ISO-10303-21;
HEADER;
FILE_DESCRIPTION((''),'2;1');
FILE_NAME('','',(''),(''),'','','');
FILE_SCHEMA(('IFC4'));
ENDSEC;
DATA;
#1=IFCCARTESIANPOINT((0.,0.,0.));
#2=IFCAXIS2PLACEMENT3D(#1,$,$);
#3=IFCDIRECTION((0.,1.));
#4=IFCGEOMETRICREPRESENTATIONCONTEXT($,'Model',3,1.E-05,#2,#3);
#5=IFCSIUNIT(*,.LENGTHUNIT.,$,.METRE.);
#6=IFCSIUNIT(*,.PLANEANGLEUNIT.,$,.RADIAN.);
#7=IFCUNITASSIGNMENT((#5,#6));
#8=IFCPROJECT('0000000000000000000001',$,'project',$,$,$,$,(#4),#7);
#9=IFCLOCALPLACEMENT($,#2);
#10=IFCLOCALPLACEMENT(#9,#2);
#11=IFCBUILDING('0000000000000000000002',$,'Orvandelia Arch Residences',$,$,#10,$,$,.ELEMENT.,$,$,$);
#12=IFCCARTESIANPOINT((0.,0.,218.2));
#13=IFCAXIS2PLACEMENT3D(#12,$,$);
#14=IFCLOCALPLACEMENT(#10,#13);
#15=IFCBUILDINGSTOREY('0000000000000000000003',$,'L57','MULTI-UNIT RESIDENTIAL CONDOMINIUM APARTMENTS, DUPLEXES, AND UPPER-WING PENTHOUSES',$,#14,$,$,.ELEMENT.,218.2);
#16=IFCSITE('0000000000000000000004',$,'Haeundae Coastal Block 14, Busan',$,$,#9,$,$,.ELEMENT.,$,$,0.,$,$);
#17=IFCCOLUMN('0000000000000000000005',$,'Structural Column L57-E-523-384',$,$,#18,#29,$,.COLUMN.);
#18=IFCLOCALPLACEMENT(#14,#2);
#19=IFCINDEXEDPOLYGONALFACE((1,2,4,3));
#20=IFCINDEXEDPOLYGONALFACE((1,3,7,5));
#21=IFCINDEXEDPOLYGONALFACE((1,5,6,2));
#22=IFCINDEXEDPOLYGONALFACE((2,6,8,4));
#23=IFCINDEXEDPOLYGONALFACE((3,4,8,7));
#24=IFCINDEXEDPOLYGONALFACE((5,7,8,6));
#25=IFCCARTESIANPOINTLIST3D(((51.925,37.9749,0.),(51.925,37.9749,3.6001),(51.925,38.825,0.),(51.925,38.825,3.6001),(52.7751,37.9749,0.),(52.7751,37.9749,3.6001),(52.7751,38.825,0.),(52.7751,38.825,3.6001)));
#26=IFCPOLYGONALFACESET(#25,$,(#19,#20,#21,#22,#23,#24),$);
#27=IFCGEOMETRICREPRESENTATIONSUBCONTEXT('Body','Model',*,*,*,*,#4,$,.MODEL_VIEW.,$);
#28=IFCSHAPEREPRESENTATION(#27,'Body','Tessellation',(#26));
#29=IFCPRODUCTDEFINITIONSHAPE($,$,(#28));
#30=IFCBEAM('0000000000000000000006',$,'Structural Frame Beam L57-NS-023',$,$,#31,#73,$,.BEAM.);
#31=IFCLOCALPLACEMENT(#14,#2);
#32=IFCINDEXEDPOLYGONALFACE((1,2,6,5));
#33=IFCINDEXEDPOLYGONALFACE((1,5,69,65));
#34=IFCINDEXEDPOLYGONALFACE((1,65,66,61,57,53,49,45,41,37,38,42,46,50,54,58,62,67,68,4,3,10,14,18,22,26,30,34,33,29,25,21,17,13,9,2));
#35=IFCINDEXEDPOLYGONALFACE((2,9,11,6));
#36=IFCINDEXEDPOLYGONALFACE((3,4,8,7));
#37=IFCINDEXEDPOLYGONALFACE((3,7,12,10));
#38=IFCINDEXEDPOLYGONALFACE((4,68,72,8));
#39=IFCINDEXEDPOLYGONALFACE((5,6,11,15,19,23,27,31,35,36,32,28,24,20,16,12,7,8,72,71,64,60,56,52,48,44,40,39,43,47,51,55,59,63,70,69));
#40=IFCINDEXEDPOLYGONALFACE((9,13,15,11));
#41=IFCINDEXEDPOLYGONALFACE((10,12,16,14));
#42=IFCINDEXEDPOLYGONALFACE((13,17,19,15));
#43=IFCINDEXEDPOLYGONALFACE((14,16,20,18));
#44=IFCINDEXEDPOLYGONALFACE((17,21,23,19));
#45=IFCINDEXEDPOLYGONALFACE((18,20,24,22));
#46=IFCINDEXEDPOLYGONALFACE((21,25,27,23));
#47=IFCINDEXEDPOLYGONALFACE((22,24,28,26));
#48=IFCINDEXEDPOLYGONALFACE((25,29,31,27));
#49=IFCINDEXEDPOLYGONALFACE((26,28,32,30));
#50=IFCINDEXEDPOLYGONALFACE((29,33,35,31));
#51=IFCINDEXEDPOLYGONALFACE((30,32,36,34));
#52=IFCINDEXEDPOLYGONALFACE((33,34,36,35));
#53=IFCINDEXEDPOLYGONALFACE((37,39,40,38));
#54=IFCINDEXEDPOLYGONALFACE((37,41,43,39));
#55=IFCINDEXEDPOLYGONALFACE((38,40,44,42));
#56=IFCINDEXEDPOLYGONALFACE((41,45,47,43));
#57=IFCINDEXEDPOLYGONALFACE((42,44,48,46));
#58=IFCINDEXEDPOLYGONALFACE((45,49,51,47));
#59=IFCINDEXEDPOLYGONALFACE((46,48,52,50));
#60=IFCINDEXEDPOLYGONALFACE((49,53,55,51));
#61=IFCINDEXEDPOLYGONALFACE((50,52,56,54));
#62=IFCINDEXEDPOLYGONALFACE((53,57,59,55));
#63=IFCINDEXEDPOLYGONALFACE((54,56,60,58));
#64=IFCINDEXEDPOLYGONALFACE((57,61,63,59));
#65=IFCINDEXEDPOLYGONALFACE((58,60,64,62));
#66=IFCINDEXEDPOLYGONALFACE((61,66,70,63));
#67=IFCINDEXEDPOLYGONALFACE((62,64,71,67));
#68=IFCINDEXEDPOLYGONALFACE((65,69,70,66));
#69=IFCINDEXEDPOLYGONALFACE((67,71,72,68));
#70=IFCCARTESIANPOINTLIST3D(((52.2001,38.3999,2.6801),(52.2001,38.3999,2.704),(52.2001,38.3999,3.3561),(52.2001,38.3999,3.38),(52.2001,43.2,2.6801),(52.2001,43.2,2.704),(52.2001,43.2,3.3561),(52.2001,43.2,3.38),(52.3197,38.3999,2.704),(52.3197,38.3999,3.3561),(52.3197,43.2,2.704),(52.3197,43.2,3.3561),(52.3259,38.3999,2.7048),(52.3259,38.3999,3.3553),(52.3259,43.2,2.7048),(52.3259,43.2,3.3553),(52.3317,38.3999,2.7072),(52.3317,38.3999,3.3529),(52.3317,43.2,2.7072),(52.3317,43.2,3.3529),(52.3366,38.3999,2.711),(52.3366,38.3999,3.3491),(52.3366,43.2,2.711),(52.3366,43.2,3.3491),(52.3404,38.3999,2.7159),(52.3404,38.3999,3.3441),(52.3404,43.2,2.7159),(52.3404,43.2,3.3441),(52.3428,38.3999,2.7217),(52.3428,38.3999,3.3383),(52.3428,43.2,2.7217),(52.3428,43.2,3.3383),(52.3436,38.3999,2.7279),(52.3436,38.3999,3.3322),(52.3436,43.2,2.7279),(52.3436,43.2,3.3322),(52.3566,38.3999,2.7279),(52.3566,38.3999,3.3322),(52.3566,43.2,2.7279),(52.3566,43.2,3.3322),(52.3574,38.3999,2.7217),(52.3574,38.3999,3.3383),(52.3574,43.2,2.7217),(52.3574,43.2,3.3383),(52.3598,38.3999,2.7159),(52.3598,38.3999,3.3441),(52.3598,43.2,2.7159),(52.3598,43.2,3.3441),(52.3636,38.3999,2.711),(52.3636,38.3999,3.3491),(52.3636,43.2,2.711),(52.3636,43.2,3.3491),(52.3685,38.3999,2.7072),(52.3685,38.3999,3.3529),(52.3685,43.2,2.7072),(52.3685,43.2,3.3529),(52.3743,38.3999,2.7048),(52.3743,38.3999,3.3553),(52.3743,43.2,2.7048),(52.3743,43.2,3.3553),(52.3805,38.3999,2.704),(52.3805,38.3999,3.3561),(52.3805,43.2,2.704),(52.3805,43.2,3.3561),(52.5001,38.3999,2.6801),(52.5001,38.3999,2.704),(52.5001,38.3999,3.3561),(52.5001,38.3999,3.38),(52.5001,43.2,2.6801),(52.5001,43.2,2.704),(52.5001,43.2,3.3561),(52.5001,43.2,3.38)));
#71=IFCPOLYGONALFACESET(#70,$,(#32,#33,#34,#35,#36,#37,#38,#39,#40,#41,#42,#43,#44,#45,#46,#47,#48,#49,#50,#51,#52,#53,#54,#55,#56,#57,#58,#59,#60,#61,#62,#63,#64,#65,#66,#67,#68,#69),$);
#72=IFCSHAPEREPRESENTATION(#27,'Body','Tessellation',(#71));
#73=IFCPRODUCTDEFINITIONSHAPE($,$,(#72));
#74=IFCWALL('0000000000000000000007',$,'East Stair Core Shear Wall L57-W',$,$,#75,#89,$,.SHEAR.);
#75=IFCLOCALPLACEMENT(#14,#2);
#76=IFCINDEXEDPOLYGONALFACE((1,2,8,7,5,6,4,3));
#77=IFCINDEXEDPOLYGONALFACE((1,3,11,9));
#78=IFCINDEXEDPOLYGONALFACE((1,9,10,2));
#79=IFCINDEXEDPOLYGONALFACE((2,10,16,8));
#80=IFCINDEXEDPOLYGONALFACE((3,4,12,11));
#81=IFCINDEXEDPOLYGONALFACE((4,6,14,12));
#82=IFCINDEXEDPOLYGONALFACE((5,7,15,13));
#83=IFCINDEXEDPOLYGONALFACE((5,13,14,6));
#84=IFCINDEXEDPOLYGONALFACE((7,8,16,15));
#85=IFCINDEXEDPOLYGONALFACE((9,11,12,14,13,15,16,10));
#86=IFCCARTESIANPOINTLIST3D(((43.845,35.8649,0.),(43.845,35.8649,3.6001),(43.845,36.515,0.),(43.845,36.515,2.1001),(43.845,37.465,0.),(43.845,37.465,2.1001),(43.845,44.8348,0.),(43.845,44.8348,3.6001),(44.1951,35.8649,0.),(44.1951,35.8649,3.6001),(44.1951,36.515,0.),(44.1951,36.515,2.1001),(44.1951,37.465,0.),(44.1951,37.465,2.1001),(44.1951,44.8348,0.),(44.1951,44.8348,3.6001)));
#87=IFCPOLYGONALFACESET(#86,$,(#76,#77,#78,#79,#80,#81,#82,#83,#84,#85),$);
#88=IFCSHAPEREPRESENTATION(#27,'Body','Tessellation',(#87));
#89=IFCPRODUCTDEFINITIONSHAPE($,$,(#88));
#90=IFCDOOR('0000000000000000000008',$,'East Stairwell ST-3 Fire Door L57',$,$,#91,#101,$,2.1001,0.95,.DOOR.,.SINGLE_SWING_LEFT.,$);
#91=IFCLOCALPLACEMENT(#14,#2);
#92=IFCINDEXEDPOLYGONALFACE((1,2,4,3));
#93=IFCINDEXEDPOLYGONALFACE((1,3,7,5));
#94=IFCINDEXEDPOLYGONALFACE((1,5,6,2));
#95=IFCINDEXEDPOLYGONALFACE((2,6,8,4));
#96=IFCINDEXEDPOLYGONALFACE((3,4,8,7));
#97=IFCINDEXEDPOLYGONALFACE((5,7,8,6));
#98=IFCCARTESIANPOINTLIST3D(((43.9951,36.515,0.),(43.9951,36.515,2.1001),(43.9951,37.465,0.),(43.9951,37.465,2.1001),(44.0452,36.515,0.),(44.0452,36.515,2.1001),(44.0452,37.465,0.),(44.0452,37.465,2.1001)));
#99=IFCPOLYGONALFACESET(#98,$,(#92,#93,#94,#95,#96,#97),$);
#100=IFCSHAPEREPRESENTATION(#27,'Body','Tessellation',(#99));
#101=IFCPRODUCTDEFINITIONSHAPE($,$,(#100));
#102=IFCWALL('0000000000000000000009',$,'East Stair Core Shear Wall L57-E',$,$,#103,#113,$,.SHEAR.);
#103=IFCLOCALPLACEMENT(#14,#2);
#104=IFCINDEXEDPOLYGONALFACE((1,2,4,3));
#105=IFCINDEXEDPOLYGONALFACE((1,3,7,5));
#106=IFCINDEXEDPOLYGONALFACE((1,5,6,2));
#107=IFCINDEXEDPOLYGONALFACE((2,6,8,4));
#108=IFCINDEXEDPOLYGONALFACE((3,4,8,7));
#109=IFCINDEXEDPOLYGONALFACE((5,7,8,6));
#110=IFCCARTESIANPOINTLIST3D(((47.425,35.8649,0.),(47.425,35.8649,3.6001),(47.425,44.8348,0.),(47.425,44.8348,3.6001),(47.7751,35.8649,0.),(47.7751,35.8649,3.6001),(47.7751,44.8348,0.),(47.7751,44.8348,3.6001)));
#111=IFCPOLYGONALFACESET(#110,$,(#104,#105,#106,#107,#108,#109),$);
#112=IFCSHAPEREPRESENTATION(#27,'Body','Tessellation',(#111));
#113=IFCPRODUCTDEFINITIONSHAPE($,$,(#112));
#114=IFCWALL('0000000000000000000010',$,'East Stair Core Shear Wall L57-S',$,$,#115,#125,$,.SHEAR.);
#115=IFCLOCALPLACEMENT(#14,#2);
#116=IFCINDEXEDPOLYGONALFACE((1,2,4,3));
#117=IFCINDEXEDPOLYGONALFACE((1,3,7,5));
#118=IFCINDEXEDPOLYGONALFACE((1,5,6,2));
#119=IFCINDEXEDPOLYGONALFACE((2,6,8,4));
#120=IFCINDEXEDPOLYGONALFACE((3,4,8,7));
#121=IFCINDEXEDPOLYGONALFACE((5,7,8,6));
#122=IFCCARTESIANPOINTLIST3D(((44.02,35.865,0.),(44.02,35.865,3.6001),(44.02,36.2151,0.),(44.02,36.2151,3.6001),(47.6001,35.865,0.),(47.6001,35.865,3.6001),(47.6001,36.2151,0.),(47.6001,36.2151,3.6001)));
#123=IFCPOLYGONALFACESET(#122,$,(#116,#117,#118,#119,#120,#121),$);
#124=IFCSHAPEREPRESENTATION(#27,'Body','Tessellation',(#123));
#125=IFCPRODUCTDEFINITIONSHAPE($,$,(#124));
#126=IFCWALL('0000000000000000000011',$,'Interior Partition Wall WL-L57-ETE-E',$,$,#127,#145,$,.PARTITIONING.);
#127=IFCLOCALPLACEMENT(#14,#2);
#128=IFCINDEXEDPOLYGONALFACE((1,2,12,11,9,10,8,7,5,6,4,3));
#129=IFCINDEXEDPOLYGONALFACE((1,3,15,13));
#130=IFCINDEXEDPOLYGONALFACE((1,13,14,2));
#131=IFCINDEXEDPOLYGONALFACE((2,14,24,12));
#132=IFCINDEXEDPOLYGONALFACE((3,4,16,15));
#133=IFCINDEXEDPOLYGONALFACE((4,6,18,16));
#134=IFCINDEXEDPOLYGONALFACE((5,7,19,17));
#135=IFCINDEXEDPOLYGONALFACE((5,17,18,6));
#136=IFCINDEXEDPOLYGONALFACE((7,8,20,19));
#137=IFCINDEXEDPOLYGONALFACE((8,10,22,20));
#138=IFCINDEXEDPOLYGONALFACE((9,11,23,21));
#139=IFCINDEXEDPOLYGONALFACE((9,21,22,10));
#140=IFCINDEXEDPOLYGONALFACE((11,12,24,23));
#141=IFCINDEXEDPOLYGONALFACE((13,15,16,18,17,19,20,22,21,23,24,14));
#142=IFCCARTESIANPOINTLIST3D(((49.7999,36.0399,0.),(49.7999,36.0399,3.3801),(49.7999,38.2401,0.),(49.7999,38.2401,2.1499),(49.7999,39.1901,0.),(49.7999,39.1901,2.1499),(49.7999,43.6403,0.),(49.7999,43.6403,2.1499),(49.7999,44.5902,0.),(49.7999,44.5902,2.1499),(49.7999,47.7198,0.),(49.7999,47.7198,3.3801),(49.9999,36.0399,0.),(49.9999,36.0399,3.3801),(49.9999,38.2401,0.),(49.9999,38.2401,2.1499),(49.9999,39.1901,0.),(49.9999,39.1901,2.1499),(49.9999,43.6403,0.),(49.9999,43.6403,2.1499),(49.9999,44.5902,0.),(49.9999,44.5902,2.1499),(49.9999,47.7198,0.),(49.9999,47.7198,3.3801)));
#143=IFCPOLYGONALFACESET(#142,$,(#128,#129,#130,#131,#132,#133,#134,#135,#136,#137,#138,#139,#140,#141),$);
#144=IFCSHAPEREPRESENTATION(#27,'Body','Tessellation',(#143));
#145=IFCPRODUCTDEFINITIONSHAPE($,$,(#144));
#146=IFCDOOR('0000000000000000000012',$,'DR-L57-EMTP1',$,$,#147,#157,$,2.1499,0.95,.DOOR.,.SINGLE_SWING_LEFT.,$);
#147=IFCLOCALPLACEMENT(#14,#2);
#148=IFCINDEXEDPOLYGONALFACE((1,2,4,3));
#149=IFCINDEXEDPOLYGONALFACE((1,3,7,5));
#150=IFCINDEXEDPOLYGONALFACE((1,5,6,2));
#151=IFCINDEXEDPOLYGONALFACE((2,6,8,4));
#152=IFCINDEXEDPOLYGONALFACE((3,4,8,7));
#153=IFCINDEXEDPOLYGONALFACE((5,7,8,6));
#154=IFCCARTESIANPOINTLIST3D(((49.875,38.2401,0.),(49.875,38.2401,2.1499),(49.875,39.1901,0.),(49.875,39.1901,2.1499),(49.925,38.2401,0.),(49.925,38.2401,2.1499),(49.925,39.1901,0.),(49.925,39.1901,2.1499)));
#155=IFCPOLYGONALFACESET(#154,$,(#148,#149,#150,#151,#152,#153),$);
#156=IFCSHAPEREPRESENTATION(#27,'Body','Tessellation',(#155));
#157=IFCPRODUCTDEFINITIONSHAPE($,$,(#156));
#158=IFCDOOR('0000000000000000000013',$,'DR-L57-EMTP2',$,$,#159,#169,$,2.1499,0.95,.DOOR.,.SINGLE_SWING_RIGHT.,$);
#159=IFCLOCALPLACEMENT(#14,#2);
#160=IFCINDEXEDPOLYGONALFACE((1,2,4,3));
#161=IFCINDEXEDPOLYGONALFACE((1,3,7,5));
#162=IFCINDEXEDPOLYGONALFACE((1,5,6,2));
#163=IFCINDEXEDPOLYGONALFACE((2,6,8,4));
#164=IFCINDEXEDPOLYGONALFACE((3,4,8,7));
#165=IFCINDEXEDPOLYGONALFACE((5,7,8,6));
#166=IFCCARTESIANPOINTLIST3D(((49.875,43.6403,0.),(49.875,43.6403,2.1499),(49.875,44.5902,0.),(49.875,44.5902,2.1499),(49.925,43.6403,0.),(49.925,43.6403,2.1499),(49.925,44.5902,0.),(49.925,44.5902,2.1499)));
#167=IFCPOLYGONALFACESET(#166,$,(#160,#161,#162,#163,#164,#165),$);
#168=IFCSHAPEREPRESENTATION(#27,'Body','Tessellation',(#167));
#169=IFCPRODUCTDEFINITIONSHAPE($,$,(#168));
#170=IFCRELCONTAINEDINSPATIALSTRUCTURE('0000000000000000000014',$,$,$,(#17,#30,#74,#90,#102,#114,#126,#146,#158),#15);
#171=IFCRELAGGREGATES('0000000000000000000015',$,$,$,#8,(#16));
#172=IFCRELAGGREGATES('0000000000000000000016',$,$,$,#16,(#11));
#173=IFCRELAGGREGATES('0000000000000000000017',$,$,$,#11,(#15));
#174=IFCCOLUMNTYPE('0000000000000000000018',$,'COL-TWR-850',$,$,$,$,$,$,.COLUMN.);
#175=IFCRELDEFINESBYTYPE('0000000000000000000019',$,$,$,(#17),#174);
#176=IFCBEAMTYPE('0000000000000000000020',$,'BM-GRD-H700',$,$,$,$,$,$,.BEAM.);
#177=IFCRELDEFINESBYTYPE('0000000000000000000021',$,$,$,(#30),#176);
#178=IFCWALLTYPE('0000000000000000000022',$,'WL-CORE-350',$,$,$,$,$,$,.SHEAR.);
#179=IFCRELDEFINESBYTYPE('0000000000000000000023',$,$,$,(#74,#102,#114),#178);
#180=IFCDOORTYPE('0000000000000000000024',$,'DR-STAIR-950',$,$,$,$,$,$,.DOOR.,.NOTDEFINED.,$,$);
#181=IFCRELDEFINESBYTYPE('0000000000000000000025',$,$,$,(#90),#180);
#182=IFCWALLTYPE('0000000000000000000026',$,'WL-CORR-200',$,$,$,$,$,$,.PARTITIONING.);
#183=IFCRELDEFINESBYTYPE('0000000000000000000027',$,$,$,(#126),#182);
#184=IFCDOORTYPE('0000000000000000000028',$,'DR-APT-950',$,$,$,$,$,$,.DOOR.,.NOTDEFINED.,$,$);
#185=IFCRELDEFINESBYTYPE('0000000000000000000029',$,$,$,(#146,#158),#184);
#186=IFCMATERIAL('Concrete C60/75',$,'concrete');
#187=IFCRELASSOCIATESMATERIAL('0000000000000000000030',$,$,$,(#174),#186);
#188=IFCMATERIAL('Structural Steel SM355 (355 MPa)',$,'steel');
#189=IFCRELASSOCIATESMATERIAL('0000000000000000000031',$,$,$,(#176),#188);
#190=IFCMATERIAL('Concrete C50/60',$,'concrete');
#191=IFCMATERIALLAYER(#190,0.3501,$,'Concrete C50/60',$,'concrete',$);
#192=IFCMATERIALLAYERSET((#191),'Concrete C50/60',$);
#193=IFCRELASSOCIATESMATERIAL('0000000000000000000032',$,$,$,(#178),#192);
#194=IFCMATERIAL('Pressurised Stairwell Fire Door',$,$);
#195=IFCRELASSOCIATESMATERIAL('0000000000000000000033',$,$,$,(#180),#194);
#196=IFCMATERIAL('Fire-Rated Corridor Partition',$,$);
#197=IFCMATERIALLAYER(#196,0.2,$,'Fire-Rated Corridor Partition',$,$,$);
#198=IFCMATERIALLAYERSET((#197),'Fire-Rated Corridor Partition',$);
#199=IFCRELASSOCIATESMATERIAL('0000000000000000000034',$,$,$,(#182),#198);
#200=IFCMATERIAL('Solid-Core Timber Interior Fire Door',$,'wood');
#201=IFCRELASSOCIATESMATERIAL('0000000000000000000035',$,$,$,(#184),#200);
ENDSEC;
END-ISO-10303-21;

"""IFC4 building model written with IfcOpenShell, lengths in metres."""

from ifc_helpers import new_model, si_unit, direction, frame, frame_2d, origin, origin_2d, place, context, subcontext, project, spatial, rectangle, i_section, extrude, material, layer, layer_set, material_profile, profile_set, type_object, element, fill, save


model = new_model("IFC4")

# Units and contexts
model_context = context("Model", 3, precision=1e-05, world=origin(), true_north=direction((0.0, 1.0)))
body_context = subcontext(model_context, "Body", "Model", "MODEL_VIEW")
ifc_project = project(units=[si_unit("LENGTHUNIT", "METRE"), si_unit("PLANEANGLEUNIT", "RADIAN")], contexts=[model_context])

# Site, building, storey
site_placement = place(None, origin())
site = spatial("IfcSite", under=ifc_project, at=site_placement, Name="Haeundae Coastal Block 14, Busan", CompositionType="ELEMENT", RefElevation=0.0)
building_placement = place(site_placement, origin())
building = spatial("IfcBuilding", under=site, at=building_placement, Name="Orvandelia Arch Residences", CompositionType="ELEMENT")
storey_placement = place(building_placement, frame((0.0, 0.0, 218.2)))
storey = spatial("IfcBuildingStorey", under=building, at=storey_placement, Name="L57", Description="MULTI-UNIT RESIDENTIAL CONDOMINIUM APARTMENTS, DUPLEXES, AND UPPER-WING PENTHOUSES", CompositionType="ELEMENT", Elevation=218.2)

# Column
ifc_material_1 = material(Name="Concrete C60/75", Category="concrete")
ifc_material_profile_1 = material_profile(ifc_material_1, rectangle(XDim=0.8501, YDim=0.8501, at=origin_2d()), Name="Concrete C60/75", Category="concrete")
ifc_profile_set_1 = profile_set([ifc_material_profile_1], Name="Concrete C60/75")
column_type = type_object("IfcColumnType", Name="COL-TWR-850", PredefinedType="COLUMN", material=ifc_profile_set_1)
column_placement = place(storey_placement, frame((52.3501, 38.3999, 0.0), z_axis=(0.0, 0.0, 1.0), x_axis=(1.0, 0.0, 0.0)))
element("IfcColumn", 1, at=column_placement, inside=storey, type_object=column_type, Name="Structural Column L57-E-523-384", PredefinedType="COLUMN", context=body_context, shape_type="SweptSolid", body=[
    extrude(rectangle(XDim=0.8501, YDim=0.8501, at=origin_2d()), origin(), (0.0, 0.0, 1.0), 3.6001),
])

# Beam
ifc_material_2 = material(Name="Structural Steel SM355 (355 MPa)", Category="steel")
ifc_material_profile_2 = material_profile(ifc_material_2, i_section(OverallWidth=0.3, OverallDepth=0.7, WebThickness=0.0129, FlangeThickness=0.0239, FilletRadius=0.0239, at=origin_2d()), Name="Structural Steel SM355 (355 MPa)", Category="steel")
ifc_profile_set_2 = profile_set([ifc_material_profile_2], Name="Structural Steel SM355 (355 MPa)")
beam_type = type_object("IfcBeamType", Name="BM-GRD-H700", PredefinedType="BEAM", material=ifc_profile_set_2)
beam_placement = place(storey_placement, frame((52.3501, 38.3999, 3.03), z_axis=(0.0, 1.0, 0.0), x_axis=(-1.0, 0.0, 0.0)))
element("IfcBeam", 2, at=beam_placement, inside=storey, type_object=beam_type, Name="Structural Frame Beam L57-NS-023", PredefinedType="BEAM", context=body_context, shape_type="SweptSolid", body=[
    extrude(i_section(OverallWidth=0.3, OverallDepth=0.7, WebThickness=0.0129, FlangeThickness=0.0239, FilletRadius=0.0239, at=origin_2d()), origin(), (0.0, 0.0, 1.0), 4.8),
])

# Wall, opening, door
ifc_material_3 = material(Name="Concrete C50/60", Category="concrete")
ifc_layer_1 = layer(ifc_material_3, 0.3501, Name="Concrete C50/60", Category="concrete")
ifc_layer_set_1 = layer_set([ifc_layer_1], Name="Concrete C50/60")
wall_type_1 = type_object("IfcWallType", Name="WL-CORE-350", PredefinedType="SHEAR", material=ifc_layer_set_1)
wall_1_placement = place(storey_placement, frame((44.02, 35.865, 0.0), z_axis=(0.0, 0.0, 1.0), x_axis=(0.0, 1.0, 0.0)))
wall_1 = element("IfcWall", 3, at=wall_1_placement, inside=storey, type_object=wall_type_1, Name="East Stair Core Shear Wall L57-W", PredefinedType="SHEAR", context=body_context, shape_type="SweptSolid", body=[
    extrude(rectangle(XDim=8.97, YDim=0.3501, at=frame_2d((4.4849, 0.0))), origin(), (0.0, 0.0, 1.0), 3.6001),
])
opening_1_placement = place(wall_1_placement, frame((0.6499, 0.0, 0.0)))
opening_1 = element("IfcOpeningElement", 4, at=opening_1_placement, cuts=wall_1, PredefinedType="OPENING", context=body_context, shape_type="SweptSolid", body=[
    extrude(rectangle(XDim=0.95, YDim=2.1001, at=frame_2d((0.4751, 1.05))), frame((0.0, 0.1851, 0.0), z_axis=(0.0, -1.0, 0.0), x_axis=(1.0, 0.0, 0.0)), (0.0, 0.0, 1.0), 0.3701),
])
ifc_material_4 = material(Name="Pressurised Stairwell Fire Door")
door_type_1 = type_object("IfcDoorType", Name="DR-STAIR-950", OperationType="NOTDEFINED", PredefinedType="DOOR", material=ifc_material_4)
door_1_placement = place(opening_1_placement, origin())
door_1 = element("IfcDoor", 5, at=door_1_placement, inside=storey, type_object=door_type_1, Name="East Stairwell ST-3 Fire Door L57", OperationType="SINGLE_SWING_LEFT", OverallHeight=2.1001, OverallWidth=0.95, PredefinedType="DOOR", context=body_context, shape_type="SweptSolid", body=[
    extrude(rectangle(XDim=0.95, YDim=2.1001, at=frame_2d((0.4751, 1.05))), frame((0.0, 0.0249, 0.0), z_axis=(0.0, -1.0, 0.0), x_axis=(1.0, 0.0, 0.0)), (0.0, 0.0, 1.0), 0.05),
])
fill(opening_1, door_1)

# Walls
wall_2_placement = place(storey_placement, frame((47.6001, 35.865, 0.0), z_axis=(0.0, 0.0, 1.0), x_axis=(0.0, 1.0, 0.0)))
element("IfcWall", 6, at=wall_2_placement, inside=storey, type_object=wall_type_1, Name="East Stair Core Shear Wall L57-E", PredefinedType="SHEAR", context=body_context, shape_type="SweptSolid", body=[
    extrude(rectangle(XDim=8.97, YDim=0.3501, at=frame_2d((4.4849, 0.0))), origin(), (0.0, 0.0, 1.0), 3.6001),
])
wall_3_placement = place(storey_placement, frame((44.02, 36.04, 0.0), z_axis=(0.0, 0.0, 1.0), x_axis=(1.0, 0.0, 0.0)))
element("IfcWall", 7, at=wall_3_placement, inside=storey, type_object=wall_type_1, Name="East Stair Core Shear Wall L57-S", PredefinedType="SHEAR", context=body_context, shape_type="SweptSolid", body=[
    extrude(rectangle(XDim=3.5801, YDim=0.3501, at=frame_2d((1.79, 0.0))), origin(), (0.0, 0.0, 1.0), 3.6001),
])

# Wall, openings, doors
ifc_material_5 = material(Name="Fire-Rated Corridor Partition")
ifc_layer_2 = layer(ifc_material_5, 0.2, Name="Fire-Rated Corridor Partition")
ifc_layer_set_2 = layer_set([ifc_layer_2], Name="Fire-Rated Corridor Partition")
wall_type_2 = type_object("IfcWallType", Name="WL-CORR-200", PredefinedType="PARTITIONING", material=ifc_layer_set_2)
wall_4_placement = place(storey_placement, frame((49.8999, 36.04, 0.0), z_axis=(0.0, 0.0, 1.0), x_axis=(0.0, 1.0, 0.0)))
wall_4 = element("IfcWall", 8, at=wall_4_placement, inside=storey, type_object=wall_type_2, Name="Interior Partition Wall WL-L57-ETE-E", PredefinedType="PARTITIONING", context=body_context, shape_type="SweptSolid", body=[
    extrude(rectangle(XDim=11.6799, YDim=0.2, at=frame_2d((5.8398, 0.0))), origin(), (0.0, 0.0, 1.0), 3.3801),
])
opening_2_placement = place(wall_4_placement, frame((2.2, 0.0, 0.0)))
opening_2 = element("IfcOpeningElement", 9, at=opening_2_placement, cuts=wall_4, PredefinedType="OPENING", context=body_context, shape_type="SweptSolid", body=[
    extrude(rectangle(XDim=0.95, YDim=2.1499, at=frame_2d((0.4751, 1.075))), frame((0.0, 0.1099, 0.0), z_axis=(0.0, -1.0, 0.0), x_axis=(1.0, 0.0, 0.0)), (0.0, 0.0, 1.0), 0.22),
])
opening_3_placement = place(wall_4_placement, frame((7.6001, 0.0, 0.0)))
opening_3 = element("IfcOpeningElement", 10, at=opening_3_placement, cuts=wall_4, PredefinedType="OPENING", context=body_context, shape_type="SweptSolid", body=[
    extrude(rectangle(XDim=0.95, YDim=2.1499, at=frame_2d((0.4751, 1.075))), frame((0.0, 0.1099, 0.0), z_axis=(0.0, -1.0, 0.0), x_axis=(1.0, 0.0, 0.0)), (0.0, 0.0, 1.0), 0.22),
])
ifc_material_6 = material(Name="Solid-Core Timber Interior Fire Door", Category="wood")
door_type_2 = type_object("IfcDoorType", Name="DR-APT-950", OperationType="NOTDEFINED", PredefinedType="DOOR", material=ifc_material_6)
door_2_placement = place(opening_2_placement, origin())
door_2 = element("IfcDoor", 11, at=door_2_placement, inside=storey, type_object=door_type_2, Name="DR-L57-EMTP1", OperationType="SINGLE_SWING_LEFT", OverallHeight=2.1499, OverallWidth=0.95, PredefinedType="DOOR", context=body_context, shape_type="SweptSolid", body=[
    extrude(rectangle(XDim=0.95, YDim=2.1499, at=frame_2d((0.4751, 1.075))), frame((0.0, 0.0249, 0.0), z_axis=(0.0, -1.0, 0.0), x_axis=(1.0, 0.0, 0.0)), (0.0, 0.0, 1.0), 0.05),
])
fill(opening_2, door_2)
door_3_placement = place(opening_3_placement, origin())
door_3 = element("IfcDoor", 12, at=door_3_placement, inside=storey, type_object=door_type_2, Name="DR-L57-EMTP2", OperationType="SINGLE_SWING_RIGHT", OverallHeight=2.1499, OverallWidth=0.95, PredefinedType="DOOR", context=body_context, shape_type="SweptSolid", body=[
    extrude(rectangle(XDim=0.95, YDim=2.1499, at=frame_2d((0.4751, 1.075))), frame((0.0, 0.0249, 0.0), z_axis=(0.0, -1.0, 0.0), x_axis=(1.0, 0.0, 0.0)), (0.0, 0.0, 1.0), 0.05),
])
fill(opening_3, door_3)

save(model, "model.ifc")
